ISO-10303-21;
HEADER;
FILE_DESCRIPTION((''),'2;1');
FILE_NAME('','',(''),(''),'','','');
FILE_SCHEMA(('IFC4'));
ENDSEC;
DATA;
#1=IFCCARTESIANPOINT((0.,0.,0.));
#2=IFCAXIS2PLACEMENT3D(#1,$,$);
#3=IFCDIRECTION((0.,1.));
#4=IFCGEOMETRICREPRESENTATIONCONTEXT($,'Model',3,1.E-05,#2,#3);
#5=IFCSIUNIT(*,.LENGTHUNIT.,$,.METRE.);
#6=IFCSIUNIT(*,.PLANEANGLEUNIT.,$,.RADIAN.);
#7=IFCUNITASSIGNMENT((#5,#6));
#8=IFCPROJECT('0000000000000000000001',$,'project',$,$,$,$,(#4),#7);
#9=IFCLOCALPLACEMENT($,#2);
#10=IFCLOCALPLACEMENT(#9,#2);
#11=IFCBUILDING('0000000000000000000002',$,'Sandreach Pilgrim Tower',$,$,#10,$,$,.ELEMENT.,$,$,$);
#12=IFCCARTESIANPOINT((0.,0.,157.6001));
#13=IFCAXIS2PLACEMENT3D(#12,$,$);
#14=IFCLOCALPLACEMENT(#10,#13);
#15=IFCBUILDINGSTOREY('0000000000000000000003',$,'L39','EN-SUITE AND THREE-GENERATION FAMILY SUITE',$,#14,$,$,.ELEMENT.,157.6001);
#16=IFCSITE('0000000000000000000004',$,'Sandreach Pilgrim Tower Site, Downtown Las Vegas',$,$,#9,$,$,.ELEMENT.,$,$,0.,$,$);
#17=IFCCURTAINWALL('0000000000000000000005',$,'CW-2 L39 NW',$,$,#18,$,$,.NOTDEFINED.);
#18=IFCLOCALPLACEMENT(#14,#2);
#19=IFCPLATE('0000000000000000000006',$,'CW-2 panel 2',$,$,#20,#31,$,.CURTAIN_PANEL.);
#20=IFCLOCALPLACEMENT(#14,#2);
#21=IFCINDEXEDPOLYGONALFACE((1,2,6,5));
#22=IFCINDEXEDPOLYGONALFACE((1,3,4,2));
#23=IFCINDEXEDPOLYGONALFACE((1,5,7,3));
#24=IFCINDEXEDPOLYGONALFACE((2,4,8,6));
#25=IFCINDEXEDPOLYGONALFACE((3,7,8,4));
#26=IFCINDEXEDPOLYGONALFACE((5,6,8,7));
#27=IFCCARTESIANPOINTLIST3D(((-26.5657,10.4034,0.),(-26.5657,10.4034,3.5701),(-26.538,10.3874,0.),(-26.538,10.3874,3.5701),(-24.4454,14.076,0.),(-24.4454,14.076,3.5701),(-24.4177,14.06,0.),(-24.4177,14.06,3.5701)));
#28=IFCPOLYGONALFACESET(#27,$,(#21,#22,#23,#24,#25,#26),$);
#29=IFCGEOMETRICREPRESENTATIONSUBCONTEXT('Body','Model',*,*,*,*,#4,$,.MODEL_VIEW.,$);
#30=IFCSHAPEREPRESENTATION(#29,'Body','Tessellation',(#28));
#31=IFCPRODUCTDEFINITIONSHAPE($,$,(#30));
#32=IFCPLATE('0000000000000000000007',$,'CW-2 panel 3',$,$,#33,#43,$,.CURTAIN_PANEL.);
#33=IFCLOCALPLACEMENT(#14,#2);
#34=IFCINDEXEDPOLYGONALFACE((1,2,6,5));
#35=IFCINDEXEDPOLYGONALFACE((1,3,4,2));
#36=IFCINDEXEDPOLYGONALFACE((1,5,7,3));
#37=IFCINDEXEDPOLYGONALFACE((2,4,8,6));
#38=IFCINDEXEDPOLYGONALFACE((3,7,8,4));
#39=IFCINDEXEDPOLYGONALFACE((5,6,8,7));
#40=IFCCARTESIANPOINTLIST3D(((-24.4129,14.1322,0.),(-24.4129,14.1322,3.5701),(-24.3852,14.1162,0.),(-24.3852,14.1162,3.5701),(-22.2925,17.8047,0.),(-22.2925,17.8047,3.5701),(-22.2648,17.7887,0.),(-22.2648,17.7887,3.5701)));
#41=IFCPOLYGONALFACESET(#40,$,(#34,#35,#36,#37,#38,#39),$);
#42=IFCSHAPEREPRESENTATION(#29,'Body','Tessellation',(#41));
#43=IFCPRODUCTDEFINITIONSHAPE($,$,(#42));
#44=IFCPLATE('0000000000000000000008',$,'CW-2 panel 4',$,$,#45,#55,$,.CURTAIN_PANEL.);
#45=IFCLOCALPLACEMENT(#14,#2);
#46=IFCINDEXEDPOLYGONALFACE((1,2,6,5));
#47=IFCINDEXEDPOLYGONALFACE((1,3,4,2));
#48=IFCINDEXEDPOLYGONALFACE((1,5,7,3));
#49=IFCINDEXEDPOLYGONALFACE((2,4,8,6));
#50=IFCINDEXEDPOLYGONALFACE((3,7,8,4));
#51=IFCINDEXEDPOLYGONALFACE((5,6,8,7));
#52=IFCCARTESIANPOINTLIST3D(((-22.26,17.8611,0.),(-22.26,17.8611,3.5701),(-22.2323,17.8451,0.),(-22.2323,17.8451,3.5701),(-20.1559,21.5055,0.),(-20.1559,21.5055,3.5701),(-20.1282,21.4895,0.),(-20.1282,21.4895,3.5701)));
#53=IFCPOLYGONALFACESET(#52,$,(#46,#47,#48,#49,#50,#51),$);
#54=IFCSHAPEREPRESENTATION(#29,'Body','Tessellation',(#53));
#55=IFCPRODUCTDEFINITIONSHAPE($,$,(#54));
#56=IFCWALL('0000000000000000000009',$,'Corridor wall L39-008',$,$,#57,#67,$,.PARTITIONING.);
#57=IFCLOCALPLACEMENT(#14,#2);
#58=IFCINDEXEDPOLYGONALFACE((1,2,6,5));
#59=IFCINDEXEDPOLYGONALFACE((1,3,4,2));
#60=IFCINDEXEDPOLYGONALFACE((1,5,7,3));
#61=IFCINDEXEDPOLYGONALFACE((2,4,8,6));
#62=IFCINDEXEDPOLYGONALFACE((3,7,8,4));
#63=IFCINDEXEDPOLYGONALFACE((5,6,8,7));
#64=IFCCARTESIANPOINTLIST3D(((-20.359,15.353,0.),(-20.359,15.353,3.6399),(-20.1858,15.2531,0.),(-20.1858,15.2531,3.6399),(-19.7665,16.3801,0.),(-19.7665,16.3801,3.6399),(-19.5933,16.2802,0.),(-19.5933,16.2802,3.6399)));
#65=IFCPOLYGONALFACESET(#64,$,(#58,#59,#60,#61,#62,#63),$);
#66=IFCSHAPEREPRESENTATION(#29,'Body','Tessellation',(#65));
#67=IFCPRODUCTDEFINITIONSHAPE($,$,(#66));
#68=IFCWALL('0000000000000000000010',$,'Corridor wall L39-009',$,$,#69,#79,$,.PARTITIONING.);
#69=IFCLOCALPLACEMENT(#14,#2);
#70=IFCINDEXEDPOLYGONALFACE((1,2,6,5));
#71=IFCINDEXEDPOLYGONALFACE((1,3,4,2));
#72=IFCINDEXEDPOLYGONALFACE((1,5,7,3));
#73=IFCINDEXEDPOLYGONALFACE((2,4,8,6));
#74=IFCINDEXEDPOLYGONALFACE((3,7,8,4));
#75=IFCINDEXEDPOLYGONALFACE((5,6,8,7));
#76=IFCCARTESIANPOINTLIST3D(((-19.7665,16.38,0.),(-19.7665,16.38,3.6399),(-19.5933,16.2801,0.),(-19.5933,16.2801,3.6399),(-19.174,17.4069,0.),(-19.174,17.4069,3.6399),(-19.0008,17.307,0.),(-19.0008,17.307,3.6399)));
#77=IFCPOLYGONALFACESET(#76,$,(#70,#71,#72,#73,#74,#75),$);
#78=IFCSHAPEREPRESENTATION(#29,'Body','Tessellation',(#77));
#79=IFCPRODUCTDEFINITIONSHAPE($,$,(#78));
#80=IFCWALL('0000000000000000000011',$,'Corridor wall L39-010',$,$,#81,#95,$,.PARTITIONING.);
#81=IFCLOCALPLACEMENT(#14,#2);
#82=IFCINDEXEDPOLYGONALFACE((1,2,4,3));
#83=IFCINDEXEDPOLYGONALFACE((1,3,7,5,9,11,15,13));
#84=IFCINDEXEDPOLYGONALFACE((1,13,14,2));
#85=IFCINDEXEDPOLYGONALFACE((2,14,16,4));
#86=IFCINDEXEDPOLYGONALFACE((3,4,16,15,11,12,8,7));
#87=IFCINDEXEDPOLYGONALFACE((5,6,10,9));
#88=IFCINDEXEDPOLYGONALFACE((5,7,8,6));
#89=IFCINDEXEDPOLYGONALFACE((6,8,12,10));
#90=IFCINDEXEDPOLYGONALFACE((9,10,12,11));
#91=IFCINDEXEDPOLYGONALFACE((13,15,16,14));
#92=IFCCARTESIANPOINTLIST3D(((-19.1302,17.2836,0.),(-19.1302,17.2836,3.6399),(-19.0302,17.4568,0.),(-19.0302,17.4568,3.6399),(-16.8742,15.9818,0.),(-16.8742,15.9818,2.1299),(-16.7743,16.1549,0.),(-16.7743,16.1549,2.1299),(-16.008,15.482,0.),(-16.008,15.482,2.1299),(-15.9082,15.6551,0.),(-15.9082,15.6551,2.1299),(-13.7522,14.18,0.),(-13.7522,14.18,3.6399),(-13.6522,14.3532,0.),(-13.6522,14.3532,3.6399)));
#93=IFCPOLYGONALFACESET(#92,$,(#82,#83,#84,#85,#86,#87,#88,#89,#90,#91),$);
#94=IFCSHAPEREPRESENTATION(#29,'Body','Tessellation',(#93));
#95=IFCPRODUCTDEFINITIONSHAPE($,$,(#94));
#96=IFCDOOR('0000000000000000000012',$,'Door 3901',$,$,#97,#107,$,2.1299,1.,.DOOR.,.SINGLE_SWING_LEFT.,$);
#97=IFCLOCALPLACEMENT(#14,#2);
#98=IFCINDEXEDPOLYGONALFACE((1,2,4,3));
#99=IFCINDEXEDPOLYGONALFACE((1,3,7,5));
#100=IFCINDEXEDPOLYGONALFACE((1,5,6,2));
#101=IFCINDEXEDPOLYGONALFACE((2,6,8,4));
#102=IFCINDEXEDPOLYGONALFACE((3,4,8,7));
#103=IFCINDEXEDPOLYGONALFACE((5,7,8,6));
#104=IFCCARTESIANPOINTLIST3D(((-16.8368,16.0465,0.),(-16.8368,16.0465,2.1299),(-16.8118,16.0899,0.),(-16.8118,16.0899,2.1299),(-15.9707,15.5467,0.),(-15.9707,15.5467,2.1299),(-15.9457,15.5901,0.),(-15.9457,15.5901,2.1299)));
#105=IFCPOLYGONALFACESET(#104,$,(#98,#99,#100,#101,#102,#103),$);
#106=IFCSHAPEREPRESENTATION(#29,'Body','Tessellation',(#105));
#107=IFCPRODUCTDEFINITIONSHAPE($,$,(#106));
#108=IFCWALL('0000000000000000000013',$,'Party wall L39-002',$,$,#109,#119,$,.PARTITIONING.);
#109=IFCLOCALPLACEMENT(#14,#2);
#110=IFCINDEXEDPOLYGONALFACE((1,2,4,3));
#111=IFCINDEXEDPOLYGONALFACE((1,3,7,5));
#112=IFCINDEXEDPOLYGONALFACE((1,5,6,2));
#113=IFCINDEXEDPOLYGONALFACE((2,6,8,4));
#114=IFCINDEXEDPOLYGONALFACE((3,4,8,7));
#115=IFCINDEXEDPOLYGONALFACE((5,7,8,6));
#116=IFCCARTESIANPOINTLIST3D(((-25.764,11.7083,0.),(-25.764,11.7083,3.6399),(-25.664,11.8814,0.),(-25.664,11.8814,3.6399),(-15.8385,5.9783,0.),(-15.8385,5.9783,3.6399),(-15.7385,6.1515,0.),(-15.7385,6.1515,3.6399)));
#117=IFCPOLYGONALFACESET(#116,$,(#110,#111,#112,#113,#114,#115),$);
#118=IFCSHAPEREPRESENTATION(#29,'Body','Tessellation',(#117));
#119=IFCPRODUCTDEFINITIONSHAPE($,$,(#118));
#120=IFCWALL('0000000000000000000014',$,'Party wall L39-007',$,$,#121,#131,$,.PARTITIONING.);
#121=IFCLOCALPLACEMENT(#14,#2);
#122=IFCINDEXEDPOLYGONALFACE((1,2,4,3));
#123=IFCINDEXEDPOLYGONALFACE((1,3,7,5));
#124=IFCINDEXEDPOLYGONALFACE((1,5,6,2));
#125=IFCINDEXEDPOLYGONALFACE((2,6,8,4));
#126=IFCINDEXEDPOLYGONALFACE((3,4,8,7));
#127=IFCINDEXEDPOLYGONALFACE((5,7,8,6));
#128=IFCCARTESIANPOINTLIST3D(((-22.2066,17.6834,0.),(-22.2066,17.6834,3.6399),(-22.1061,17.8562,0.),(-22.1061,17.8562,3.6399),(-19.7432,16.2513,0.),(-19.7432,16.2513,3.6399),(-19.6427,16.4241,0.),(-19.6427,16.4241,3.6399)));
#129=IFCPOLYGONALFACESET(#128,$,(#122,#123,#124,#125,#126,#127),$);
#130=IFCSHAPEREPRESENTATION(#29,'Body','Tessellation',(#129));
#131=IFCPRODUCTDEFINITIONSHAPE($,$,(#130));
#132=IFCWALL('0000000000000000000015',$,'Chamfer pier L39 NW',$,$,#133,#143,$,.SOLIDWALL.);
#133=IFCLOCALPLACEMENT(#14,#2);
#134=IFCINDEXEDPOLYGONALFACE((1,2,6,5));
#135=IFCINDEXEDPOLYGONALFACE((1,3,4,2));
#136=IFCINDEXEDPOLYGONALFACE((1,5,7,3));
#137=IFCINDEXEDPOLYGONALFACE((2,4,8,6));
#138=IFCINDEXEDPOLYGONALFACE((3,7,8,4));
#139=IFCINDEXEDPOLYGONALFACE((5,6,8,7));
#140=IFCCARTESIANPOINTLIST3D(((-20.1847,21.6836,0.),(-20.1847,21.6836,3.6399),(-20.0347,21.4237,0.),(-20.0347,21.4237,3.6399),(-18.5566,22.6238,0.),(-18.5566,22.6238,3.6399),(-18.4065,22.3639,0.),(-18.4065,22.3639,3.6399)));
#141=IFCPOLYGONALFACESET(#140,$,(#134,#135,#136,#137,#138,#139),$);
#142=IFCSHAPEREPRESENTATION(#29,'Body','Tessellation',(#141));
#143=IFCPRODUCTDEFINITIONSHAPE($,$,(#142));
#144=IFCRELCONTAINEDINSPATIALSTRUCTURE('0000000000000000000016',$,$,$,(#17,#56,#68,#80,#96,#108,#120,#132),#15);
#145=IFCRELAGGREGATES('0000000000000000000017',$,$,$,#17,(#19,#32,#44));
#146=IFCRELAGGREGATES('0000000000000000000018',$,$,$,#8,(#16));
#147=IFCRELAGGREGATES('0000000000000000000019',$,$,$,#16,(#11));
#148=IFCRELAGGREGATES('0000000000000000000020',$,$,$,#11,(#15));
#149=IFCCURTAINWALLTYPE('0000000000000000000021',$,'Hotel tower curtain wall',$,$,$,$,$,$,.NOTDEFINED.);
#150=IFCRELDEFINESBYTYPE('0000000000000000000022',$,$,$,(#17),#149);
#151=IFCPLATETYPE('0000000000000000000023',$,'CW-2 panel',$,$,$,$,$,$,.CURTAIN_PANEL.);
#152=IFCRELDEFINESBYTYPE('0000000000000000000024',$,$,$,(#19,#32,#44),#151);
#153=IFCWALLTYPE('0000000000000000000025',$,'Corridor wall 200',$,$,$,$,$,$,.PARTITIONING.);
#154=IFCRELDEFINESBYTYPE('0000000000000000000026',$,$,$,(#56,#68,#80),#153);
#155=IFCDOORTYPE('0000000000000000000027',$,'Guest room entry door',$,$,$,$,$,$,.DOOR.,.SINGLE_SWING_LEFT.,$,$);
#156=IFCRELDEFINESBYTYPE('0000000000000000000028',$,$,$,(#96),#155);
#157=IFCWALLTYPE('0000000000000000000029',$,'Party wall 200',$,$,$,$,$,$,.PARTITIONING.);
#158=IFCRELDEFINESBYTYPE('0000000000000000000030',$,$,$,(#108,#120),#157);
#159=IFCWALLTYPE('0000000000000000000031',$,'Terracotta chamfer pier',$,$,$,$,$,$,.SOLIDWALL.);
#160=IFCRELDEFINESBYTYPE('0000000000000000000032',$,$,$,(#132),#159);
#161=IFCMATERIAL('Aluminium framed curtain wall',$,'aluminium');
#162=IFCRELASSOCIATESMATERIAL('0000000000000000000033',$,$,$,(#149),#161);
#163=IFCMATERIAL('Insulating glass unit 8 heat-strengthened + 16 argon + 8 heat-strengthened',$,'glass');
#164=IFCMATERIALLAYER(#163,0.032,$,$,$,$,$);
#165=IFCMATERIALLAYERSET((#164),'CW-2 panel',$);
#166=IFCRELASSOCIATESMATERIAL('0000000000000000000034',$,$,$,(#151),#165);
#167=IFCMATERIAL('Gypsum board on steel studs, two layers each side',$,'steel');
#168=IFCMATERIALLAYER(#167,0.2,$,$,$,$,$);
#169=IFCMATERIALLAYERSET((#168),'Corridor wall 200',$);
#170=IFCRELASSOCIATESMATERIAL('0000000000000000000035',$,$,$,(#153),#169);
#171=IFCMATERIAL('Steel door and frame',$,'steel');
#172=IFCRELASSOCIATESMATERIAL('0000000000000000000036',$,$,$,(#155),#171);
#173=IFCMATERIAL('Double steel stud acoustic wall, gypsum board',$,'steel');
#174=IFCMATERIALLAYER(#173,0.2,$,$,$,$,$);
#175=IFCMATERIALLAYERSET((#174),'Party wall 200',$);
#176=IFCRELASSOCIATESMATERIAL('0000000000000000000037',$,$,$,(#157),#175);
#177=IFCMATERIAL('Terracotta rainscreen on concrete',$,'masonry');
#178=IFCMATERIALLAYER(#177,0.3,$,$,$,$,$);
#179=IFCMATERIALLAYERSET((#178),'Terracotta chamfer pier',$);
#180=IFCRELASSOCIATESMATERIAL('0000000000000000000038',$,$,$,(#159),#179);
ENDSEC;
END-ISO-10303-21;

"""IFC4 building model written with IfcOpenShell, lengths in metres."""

from ifc_helpers import new_model, si_unit, direction, frame, frame_2d, origin, origin_2d, place, context, subcontext, project, spatial, rectangle, extrude, material, layer, layer_set, type_object, element, fill, aggregate, save


model = new_model("IFC4")

# Units and contexts
model_context = context("Model", 3, precision=1e-05, world=origin(), true_north=direction((0.0, 1.0)))
body_context = subcontext(model_context, "Body", "Model", "MODEL_VIEW")
ifc_project = project(units=[si_unit("LENGTHUNIT", "METRE"), si_unit("PLANEANGLEUNIT", "RADIAN")], contexts=[model_context])

# Site, building, storey
site_placement = place(None, origin())
site = spatial("IfcSite", under=ifc_project, at=site_placement, Name="Sandreach Pilgrim Tower Site, Downtown Las Vegas", CompositionType="ELEMENT", RefElevation=0.0)
building_placement = place(site_placement, origin())
building = spatial("IfcBuilding", under=site, at=building_placement, Name="Sandreach Pilgrim Tower", CompositionType="ELEMENT")
storey_placement = place(building_placement, frame((0.0, 0.0, 157.6001)))
storey = spatial("IfcBuildingStorey", under=building, at=storey_placement, Name="L39", Description="EN-SUITE AND THREE-GENERATION FAMILY SUITE", CompositionType="ELEMENT", Elevation=157.6001)

# Shared definitions
ifc_material_1 = material(Name="Aluminium framed curtain wall", Category="aluminium")
curtain_wall_type = type_object("IfcCurtainWallType", Name="Hotel tower curtain wall", PredefinedType="NOTDEFINED", material=ifc_material_1)

# Curtain wall
curtain_wall_1_placement = place(storey_placement, origin())
curtain_wall_1 = element("IfcCurtainWall", 1, at=curtain_wall_1_placement, inside=storey, type_object=curtain_wall_type, Name="CW-2 L39 NW", PredefinedType="NOTDEFINED")

# Plates
ifc_material_2 = material(Name="Insulating glass unit 8 heat-strengthened + 16 argon + 8 heat-strengthened", Category="glass")
ifc_layer_1 = layer(ifc_material_2, 0.032)
ifc_layer_set_1 = layer_set([ifc_layer_1], Name="CW-2 panel")
plate_type = type_object("IfcPlateType", Name="CW-2 panel", PredefinedType="CURTAIN_PANEL", material=ifc_layer_set_1)
plate_1_placement = place(storey_placement, frame((-25.4917, 12.2317, 0.0), z_axis=(0.0, 0.0, 1.0), x_axis=(0.5, 0.866025, 0.0)))
plate_1 = element("IfcPlate", 2, at=plate_1_placement, type_object=plate_type, Name="CW-2 panel 2", PredefinedType="CURTAIN_PANEL", context=body_context, shape_type="SweptSolid", body=[
    extrude(rectangle(XDim=4.2407, YDim=0.032, at=origin_2d()), origin(), (0.0, 0.0, 1.0), 3.5701),
])
plate_2_placement = place(storey_placement, frame((-23.3389, 15.9604, 0.0), z_axis=(0.0, 0.0, 1.0), x_axis=(0.5, 0.866025, 0.0)))
plate_2 = element("IfcPlate", 3, at=plate_2_placement, type_object=plate_type, Name="CW-2 panel 3", PredefinedType="CURTAIN_PANEL", context=body_context, shape_type="SweptSolid", body=[
    extrude(rectangle(XDim=4.2407, YDim=0.032, at=origin_2d()), origin(), (0.0, 0.0, 1.0), 3.5701),
])
plate_3_placement = place(storey_placement, frame((-21.1941, 19.6753, 0.0), z_axis=(0.0, 0.0, 1.0), x_axis=(0.5, 0.866025, 0.0)))
plate_3 = element("IfcPlate", 4, at=plate_3_placement, type_object=plate_type, Name="CW-2 panel 4", PredefinedType="CURTAIN_PANEL", context=body_context, shape_type="SweptSolid", body=[
    extrude(rectangle(XDim=4.2083, YDim=0.032, at=origin_2d()), origin(), (0.0, 0.0, 1.0), 3.5701),
])
aggregate(curtain_wall_1, [plate_1, plate_2, plate_3])

# Shared definitions
ifc_material_3 = material(Name="Gypsum board on steel studs, two layers each side", Category="steel")
ifc_layer_2 = layer(ifc_material_3, 0.2)
ifc_layer_set_2 = layer_set([ifc_layer_2], Name="Corridor wall 200")
wall_type_1 = type_object("IfcWallType", Name="Corridor wall 200", PredefinedType="PARTITIONING", material=ifc_layer_set_2)
ifc_material_4 = material(Name="Steel door and frame", Category="steel")
door_type = type_object("IfcDoorType", Name="Guest room entry door", OperationType="SINGLE_SWING_LEFT", PredefinedType="DOOR", material=ifc_material_4)

# Walls
wall_1_placement = place(storey_placement, frame((-19.6799, 16.3301, 0.0), z_axis=(0.0, 0.0, 1.0), x_axis=(-0.499705, -0.866196, 0.0)))
element("IfcWall", 5, at=wall_1_placement, inside=storey, type_object=wall_type_1, Name="Corridor wall L39-008", PredefinedType="PARTITIONING", context=body_context, shape_type="SweptSolid", body=[
    extrude(rectangle(XDim=1.1858, YDim=0.2, at=frame_2d((0.5928, 0.0))), origin(), (0.0, 0.0, 1.0), 3.6399),
])
wall_2_placement = place(storey_placement, frame((-19.0874, 17.3569, 0.0), z_axis=(0.0, 0.0, 1.0), x_axis=(-0.499794, -0.866144, 0.0)))
element("IfcWall", 6, at=wall_2_placement, inside=storey, type_object=wall_type_1, Name="Corridor wall L39-009", PredefinedType="PARTITIONING", context=body_context, shape_type="SweptSolid", body=[
    extrude(rectangle(XDim=1.1855, YDim=0.2, at=frame_2d((0.5928, 0.0))), origin(), (0.0, 0.0, 1.0), 3.6399),
])

# Wall, opening, door
wall_3_placement = place(storey_placement, frame((-19.0801, 17.3701, 0.0), z_axis=(0.0, 0.0, 1.0), x_axis=(0.866125, -0.499827, 0.0)))
wall_3 = element("IfcWall", 7, at=wall_3_placement, inside=storey, type_object=wall_type_1, Name="Corridor wall L39-010", PredefinedType="PARTITIONING", context=body_context, shape_type="SweptSolid", body=[
    extrude(rectangle(XDim=6.2092, YDim=0.2, at=frame_2d((3.1045, 0.0))), origin(), (0.0, 0.0, 1.0), 3.6399),
])
opening_1_placement = place(wall_3_placement, frame((2.6045, 0.0, 0.0)))
opening_1 = element("IfcOpeningElement", 8, at=opening_1_placement, cuts=wall_3, PredefinedType="OPENING", context=body_context, shape_type="SweptSolid", body=[
    extrude(rectangle(XDim=1.0, YDim=2.1299, at=frame_2d((0.5, 1.0649))), frame((0.0, 0.1001, 0.0), z_axis=(0.0, -1.0, 0.0), x_axis=(1.0, 0.0, 0.0)), (0.0, 0.0, 1.0), 0.2),
])
door_1_placement = place(opening_1_placement, origin())
door_1 = element("IfcDoor", 9, at=door_1_placement, inside=storey, type_object=door_type, Name="Door 3901", OperationType="SINGLE_SWING_LEFT", OverallHeight=2.1299, OverallWidth=1.0, PredefinedType="DOOR", context=body_context, shape_type="SweptSolid", body=[
    extrude(rectangle(XDim=1.0, YDim=2.1299, at=frame_2d((0.5, 1.0649))), frame((0.0, 0.0249, 0.0), z_axis=(0.0, -1.0, 0.0), x_axis=(1.0, 0.0, 0.0)), (0.0, 0.0, 1.0), 0.05),
])
fill(opening_1, door_1)

# Walls
ifc_material_5 = material(Name="Double steel stud acoustic wall, gypsum board", Category="steel")
ifc_layer_3 = layer(ifc_material_5, 0.2)
ifc_layer_set_3 = layer_set([ifc_layer_3], Name="Party wall 200")
wall_type_2 = type_object("IfcWallType", Name="Party wall 200", PredefinedType="PARTITIONING", material=ifc_layer_set_3)
wall_4_placement = place(storey_placement, frame((-25.7141, 11.7949, 0.0), z_axis=(0.0, 0.0, 1.0), x_axis=(0.866045, -0.499965, 0.0)))
element("IfcWall", 10, at=wall_4_placement, inside=storey, type_object=wall_type_2, Name="Party wall L39-002", PredefinedType="PARTITIONING", context=body_context, shape_type="SweptSolid", body=[
    extrude(rectangle(XDim=11.4607, YDim=0.2, at=frame_2d((5.7305, 0.0))), origin(), (0.0, 0.0, 1.0), 3.6399),
])
wall_5_placement = place(storey_placement, frame((-19.6929, 16.3376, 0.0), z_axis=(0.0, 0.0, 1.0), x_axis=(-0.864518, 0.502603, 0.0)))
element("IfcWall", 11, at=wall_5_placement, inside=storey, type_object=wall_type_2, Name="Party wall L39-007", PredefinedType="PARTITIONING", context=body_context, shape_type="SweptSolid", body=[
    extrude(rectangle(XDim=2.8494, YDim=0.2, at=frame_2d((1.4248, 0.0))), origin(), (0.0, 0.0, 1.0), 3.6399),
])
ifc_material_6 = material(Name="Terracotta rainscreen on concrete", Category="masonry")
ifc_layer_4 = layer(ifc_material_6, 0.3)
ifc_layer_set_4 = layer_set([ifc_layer_4], Name="Terracotta chamfer pier")
wall_type_3 = type_object("IfcWallType", Name="Terracotta chamfer pier", PredefinedType="SOLIDWALL", material=ifc_layer_set_4)
wall_6_placement = place(storey_placement, frame((-20.1096, 21.5537, 0.0), z_axis=(0.0, 0.0, 1.0), x_axis=(0.865989, 0.500063, 0.0)))
element("IfcWall", 12, at=wall_6_placement, inside=storey, type_object=wall_type_3, Name="Chamfer pier L39 NW", PredefinedType="SOLIDWALL", context=body_context, shape_type="SweptSolid", body=[
    extrude(rectangle(XDim=1.8801, YDim=0.3, at=frame_2d((0.9399, 0.0))), origin(), (0.0, 0.0, 1.0), 3.6399),
])

save(model, "model.ifc")
